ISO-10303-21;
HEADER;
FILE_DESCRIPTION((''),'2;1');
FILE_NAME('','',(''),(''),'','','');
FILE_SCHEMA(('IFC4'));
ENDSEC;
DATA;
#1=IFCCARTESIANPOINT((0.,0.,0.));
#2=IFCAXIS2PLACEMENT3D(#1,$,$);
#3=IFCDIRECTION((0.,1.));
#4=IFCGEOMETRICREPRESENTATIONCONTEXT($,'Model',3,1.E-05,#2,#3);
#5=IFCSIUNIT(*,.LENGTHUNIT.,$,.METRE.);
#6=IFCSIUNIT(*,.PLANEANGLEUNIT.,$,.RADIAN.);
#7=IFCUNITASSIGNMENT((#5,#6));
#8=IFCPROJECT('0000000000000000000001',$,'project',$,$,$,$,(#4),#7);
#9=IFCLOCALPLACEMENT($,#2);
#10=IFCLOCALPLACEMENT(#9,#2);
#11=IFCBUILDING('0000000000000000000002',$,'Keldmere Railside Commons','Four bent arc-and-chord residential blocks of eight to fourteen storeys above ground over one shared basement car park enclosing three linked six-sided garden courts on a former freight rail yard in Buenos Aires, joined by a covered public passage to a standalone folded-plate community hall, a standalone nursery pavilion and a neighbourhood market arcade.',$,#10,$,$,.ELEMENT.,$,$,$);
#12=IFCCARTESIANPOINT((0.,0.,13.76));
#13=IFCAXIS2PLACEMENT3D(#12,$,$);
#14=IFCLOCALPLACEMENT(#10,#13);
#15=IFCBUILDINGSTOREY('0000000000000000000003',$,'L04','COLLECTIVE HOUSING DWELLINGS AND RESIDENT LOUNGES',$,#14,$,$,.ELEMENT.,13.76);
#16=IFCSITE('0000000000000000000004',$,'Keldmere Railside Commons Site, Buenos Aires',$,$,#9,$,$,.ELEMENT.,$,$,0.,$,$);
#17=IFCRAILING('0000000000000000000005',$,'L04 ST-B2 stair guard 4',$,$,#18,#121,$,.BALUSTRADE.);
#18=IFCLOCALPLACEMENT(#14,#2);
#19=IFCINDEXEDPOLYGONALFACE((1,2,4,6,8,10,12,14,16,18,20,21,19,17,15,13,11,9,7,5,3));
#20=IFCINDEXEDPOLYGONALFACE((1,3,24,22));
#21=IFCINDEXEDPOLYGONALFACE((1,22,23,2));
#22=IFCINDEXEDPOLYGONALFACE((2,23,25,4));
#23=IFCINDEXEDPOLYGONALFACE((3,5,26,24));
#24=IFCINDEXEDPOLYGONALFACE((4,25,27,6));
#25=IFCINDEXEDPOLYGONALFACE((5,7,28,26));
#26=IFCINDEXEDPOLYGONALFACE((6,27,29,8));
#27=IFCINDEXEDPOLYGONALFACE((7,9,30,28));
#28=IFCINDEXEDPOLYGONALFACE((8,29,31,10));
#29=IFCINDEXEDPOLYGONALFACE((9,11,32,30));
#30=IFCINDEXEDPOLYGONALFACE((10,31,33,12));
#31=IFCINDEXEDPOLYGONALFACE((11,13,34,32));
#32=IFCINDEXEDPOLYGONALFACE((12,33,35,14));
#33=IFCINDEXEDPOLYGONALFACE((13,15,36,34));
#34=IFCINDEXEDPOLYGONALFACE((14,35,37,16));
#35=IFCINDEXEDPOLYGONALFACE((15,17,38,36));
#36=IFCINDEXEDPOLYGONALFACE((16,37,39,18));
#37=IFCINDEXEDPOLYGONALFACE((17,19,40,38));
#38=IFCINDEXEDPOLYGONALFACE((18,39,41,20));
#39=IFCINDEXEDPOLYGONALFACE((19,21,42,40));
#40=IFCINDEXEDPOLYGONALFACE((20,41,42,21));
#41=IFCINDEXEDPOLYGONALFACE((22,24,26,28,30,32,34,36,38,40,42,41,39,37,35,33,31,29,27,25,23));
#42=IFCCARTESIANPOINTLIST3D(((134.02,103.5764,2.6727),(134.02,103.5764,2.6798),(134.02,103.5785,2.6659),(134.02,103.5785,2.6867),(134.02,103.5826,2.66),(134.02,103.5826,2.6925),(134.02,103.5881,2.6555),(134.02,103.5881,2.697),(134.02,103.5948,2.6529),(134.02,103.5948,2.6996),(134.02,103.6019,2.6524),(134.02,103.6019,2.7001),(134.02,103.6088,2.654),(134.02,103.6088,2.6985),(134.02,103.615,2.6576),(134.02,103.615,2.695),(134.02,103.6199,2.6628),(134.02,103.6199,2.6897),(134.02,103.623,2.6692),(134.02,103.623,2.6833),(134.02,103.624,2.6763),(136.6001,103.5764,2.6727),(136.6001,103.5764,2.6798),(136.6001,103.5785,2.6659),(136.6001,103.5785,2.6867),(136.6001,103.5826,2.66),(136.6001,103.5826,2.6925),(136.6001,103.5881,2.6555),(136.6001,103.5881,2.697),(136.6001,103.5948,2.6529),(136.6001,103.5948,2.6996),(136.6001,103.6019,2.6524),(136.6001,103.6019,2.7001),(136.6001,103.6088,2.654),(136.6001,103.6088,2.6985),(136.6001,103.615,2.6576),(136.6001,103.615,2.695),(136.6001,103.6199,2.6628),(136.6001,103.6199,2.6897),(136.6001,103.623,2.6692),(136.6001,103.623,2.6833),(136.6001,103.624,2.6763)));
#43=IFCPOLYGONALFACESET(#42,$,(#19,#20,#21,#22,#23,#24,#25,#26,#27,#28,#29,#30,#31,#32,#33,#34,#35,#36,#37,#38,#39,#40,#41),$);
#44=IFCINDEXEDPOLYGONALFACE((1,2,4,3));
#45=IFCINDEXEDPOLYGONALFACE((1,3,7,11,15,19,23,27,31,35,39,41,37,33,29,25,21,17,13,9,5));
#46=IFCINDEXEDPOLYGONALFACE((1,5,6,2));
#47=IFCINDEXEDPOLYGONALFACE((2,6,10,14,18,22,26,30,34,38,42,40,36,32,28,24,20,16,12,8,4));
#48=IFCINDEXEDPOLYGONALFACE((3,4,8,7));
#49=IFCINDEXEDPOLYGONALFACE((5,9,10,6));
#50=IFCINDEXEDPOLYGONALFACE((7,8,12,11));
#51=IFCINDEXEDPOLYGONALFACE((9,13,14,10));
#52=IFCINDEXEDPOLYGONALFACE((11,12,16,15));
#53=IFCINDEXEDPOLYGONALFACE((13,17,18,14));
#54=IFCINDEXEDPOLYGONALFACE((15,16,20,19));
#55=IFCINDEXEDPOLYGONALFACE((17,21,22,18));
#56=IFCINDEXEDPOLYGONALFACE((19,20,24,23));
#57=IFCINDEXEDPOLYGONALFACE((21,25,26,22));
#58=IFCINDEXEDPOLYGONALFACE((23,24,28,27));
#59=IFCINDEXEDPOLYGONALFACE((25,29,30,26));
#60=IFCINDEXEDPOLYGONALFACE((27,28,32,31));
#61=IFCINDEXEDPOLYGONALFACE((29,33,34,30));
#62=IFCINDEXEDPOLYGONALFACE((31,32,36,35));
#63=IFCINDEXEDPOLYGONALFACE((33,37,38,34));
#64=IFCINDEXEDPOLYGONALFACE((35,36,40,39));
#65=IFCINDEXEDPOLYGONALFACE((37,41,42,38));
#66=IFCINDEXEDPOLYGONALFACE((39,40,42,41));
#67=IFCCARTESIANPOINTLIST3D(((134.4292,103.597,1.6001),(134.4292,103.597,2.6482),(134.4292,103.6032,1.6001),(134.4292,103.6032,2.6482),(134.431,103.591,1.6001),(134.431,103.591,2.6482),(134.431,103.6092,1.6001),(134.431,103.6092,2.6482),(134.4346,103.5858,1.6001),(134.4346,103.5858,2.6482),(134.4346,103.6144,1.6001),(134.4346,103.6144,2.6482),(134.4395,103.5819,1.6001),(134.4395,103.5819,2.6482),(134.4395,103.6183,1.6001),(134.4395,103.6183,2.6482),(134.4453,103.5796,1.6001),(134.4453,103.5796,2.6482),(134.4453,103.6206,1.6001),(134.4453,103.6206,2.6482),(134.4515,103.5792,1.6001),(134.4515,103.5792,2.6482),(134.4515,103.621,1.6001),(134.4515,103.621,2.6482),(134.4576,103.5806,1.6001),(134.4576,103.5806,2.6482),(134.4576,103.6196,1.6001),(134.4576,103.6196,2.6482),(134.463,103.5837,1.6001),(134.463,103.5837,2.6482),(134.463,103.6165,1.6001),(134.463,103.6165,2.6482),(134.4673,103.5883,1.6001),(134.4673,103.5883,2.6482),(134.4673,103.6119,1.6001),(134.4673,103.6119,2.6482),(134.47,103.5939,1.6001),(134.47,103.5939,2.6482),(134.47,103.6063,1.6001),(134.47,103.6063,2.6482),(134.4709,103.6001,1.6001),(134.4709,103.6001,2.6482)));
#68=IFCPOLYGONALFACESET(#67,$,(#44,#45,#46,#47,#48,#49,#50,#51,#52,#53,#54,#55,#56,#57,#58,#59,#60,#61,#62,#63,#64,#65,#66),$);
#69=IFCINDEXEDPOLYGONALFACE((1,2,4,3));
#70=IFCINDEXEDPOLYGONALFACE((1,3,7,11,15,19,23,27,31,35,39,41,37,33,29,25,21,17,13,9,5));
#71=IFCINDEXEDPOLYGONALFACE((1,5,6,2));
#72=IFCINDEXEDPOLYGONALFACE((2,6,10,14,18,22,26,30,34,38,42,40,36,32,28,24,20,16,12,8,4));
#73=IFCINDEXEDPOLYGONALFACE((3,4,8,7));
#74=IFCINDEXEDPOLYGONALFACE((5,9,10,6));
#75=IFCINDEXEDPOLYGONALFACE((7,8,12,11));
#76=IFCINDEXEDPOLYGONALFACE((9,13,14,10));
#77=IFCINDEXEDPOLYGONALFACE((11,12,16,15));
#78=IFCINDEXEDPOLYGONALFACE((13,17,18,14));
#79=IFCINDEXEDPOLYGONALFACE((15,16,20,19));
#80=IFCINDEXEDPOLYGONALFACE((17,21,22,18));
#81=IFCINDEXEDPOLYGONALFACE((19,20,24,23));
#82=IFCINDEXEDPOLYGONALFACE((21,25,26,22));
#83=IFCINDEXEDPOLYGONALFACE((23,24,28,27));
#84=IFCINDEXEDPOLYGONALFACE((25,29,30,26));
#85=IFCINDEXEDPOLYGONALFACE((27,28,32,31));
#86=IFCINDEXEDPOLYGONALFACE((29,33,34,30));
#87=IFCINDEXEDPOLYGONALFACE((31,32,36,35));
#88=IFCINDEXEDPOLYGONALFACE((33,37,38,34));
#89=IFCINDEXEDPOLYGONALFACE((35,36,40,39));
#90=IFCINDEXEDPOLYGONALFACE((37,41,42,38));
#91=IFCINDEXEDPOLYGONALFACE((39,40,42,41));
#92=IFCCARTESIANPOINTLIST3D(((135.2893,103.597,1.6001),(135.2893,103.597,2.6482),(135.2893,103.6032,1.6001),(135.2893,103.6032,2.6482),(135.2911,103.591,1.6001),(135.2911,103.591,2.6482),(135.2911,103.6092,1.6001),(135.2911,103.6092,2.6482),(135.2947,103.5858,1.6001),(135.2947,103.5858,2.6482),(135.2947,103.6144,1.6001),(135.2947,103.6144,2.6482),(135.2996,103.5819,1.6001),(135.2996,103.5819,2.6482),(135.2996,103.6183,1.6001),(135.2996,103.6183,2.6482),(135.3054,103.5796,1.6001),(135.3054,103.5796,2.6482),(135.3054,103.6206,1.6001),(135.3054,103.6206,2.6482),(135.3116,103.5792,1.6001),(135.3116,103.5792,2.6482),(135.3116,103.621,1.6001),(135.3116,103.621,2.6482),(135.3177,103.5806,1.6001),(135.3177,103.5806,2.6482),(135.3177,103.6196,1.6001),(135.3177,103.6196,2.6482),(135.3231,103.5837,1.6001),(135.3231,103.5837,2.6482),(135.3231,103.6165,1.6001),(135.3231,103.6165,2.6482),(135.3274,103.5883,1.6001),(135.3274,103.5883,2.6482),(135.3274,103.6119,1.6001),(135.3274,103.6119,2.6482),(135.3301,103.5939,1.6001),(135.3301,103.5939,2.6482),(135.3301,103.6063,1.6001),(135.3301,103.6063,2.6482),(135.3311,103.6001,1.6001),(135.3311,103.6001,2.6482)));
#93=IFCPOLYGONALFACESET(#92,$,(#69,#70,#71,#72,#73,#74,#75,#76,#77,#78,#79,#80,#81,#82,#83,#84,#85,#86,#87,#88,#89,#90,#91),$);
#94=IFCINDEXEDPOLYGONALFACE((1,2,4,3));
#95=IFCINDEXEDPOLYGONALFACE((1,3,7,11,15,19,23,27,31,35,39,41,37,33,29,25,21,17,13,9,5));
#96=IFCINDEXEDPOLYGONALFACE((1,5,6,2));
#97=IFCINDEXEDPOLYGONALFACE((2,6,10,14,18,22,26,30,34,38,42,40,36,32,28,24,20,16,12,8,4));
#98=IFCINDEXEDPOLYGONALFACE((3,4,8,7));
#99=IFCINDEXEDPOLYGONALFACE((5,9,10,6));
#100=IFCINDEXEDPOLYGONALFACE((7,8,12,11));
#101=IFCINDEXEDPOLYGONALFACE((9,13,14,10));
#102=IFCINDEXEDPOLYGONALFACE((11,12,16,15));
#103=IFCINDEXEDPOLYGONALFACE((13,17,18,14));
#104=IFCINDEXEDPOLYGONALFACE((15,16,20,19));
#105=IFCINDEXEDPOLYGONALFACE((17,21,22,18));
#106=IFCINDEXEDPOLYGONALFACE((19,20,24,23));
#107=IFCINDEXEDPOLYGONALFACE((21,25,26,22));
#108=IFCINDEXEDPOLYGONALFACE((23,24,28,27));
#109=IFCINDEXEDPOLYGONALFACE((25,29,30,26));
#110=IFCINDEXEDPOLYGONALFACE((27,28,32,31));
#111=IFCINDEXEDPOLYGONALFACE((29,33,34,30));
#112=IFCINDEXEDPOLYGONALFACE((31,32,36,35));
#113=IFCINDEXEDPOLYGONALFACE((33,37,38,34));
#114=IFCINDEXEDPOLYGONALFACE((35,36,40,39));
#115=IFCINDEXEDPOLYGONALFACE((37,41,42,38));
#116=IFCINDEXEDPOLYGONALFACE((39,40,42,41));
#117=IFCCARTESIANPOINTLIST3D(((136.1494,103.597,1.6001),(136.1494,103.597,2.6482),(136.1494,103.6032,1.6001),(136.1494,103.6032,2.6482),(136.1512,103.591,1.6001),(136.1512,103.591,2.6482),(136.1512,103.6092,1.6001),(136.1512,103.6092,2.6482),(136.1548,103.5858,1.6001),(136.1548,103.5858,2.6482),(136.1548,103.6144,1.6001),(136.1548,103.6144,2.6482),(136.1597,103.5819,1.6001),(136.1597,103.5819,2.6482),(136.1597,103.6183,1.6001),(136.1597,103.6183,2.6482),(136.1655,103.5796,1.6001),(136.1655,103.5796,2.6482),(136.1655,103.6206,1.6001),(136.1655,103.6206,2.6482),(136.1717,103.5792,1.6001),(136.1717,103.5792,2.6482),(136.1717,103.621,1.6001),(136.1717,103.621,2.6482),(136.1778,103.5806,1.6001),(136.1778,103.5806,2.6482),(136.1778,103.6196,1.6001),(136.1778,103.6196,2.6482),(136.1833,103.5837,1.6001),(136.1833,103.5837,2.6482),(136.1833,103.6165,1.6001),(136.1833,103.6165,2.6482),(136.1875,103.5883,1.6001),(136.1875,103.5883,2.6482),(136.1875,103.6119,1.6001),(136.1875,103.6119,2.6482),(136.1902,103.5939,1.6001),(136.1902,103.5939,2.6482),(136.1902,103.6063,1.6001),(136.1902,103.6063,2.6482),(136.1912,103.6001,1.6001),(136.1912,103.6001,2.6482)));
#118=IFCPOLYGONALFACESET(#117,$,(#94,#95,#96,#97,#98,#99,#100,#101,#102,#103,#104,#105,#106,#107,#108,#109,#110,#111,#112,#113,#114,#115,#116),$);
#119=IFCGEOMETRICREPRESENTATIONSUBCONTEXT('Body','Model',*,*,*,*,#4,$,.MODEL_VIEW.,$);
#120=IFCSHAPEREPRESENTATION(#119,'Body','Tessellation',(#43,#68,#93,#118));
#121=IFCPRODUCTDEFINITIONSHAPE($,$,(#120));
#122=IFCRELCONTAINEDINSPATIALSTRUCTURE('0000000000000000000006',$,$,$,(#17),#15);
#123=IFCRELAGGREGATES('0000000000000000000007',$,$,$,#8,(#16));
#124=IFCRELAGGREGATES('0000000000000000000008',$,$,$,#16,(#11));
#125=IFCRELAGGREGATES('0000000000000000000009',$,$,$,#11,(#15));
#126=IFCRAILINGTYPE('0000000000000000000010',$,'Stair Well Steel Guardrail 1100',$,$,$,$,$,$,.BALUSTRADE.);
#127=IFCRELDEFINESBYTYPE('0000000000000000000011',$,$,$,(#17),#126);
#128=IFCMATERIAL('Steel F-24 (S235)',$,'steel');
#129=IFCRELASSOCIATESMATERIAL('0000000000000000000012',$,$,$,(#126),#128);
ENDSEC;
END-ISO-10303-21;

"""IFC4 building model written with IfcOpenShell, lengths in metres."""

from ifc_helpers import new_model, si_unit, direction, frame, origin, origin_2d, place, context, subcontext, project, spatial, circle, extrude, material, type_object, element, save


model = new_model("IFC4")

# Units and contexts
model_context = context("Model", 3, precision=1e-05, world=origin(), true_north=direction((0.0, 1.0)))
body_context = subcontext(model_context, "Body", "Model", "MODEL_VIEW")
ifc_project = project(units=[si_unit("LENGTHUNIT", "METRE"), si_unit("PLANEANGLEUNIT", "RADIAN")], contexts=[model_context])

# Site, building, storey
site_placement = place(None, origin())
site = spatial("IfcSite", under=ifc_project, at=site_placement, Name="Keldmere Railside Commons Site, Buenos Aires", CompositionType="ELEMENT", RefElevation=0.0)
building_placement = place(site_placement, origin())
building = spatial("IfcBuilding", under=site, at=building_placement, Name="Keldmere Railside Commons", Description="Four bent arc-and-chord residential blocks of eight to fourteen storeys above ground over one shared basement car park enclosing three linked six-sided garden courts on a former freight rail yard in Buenos Aires, joined by a covered public passage to a standalone folded-plate community hall, a standalone nursery pavilion and a neighbourhood market arcade.", CompositionType="ELEMENT")
storey_placement = place(building_placement, frame((0.0, 0.0, 13.76)))
storey = spatial("IfcBuildingStorey", under=building, at=storey_placement, Name="L04", Description="COLLECTIVE HOUSING DWELLINGS AND RESIDENT LOUNGES", CompositionType="ELEMENT", Elevation=13.76)

# Railing
ifc_material_1 = material(Name="Steel F-24 (S235)", Category="steel")
railing_type_1 = type_object("IfcRailingType", Name="Stair Well Steel Guardrail 1100", PredefinedType="BALUSTRADE", material=ifc_material_1)
for number, where, name in (
    (1, (134.02, 103.6001, 1.6001), "L04 ST-B2 stair guard 4"),
):
    element("IfcRailing", number, at=place(storey_placement, frame(where)), inside=storey, type_object=railing_type_1, Name=name, PredefinedType="BALUSTRADE", context=body_context, shape_type="SweptSolid", body=[
        extrude(circle(Radius=0.0239, at=origin_2d()), frame((0.0, 0.0, 1.0762), z_axis=(1.0, 0.0, 0.0), x_axis=(0.0, 1.0, 0.0)), (0.0, 0.0, 1.0), 2.5801),
        extrude(circle(Radius=0.021, at=origin_2d()), frame((0.4299, 0.0, 0.0)), (0.0, 0.0, 1.0), 1.0481),
        extrude(circle(Radius=0.021, at=origin_2d()), frame((1.29, 0.0, 0.0)), (0.0, 0.0, 1.0), 1.0481),
        extrude(circle(Radius=0.021, at=origin_2d()), frame((2.1501, 0.0, 0.0)), (0.0, 0.0, 1.0), 1.0481),
    ])

save(model, "model.ifc")
